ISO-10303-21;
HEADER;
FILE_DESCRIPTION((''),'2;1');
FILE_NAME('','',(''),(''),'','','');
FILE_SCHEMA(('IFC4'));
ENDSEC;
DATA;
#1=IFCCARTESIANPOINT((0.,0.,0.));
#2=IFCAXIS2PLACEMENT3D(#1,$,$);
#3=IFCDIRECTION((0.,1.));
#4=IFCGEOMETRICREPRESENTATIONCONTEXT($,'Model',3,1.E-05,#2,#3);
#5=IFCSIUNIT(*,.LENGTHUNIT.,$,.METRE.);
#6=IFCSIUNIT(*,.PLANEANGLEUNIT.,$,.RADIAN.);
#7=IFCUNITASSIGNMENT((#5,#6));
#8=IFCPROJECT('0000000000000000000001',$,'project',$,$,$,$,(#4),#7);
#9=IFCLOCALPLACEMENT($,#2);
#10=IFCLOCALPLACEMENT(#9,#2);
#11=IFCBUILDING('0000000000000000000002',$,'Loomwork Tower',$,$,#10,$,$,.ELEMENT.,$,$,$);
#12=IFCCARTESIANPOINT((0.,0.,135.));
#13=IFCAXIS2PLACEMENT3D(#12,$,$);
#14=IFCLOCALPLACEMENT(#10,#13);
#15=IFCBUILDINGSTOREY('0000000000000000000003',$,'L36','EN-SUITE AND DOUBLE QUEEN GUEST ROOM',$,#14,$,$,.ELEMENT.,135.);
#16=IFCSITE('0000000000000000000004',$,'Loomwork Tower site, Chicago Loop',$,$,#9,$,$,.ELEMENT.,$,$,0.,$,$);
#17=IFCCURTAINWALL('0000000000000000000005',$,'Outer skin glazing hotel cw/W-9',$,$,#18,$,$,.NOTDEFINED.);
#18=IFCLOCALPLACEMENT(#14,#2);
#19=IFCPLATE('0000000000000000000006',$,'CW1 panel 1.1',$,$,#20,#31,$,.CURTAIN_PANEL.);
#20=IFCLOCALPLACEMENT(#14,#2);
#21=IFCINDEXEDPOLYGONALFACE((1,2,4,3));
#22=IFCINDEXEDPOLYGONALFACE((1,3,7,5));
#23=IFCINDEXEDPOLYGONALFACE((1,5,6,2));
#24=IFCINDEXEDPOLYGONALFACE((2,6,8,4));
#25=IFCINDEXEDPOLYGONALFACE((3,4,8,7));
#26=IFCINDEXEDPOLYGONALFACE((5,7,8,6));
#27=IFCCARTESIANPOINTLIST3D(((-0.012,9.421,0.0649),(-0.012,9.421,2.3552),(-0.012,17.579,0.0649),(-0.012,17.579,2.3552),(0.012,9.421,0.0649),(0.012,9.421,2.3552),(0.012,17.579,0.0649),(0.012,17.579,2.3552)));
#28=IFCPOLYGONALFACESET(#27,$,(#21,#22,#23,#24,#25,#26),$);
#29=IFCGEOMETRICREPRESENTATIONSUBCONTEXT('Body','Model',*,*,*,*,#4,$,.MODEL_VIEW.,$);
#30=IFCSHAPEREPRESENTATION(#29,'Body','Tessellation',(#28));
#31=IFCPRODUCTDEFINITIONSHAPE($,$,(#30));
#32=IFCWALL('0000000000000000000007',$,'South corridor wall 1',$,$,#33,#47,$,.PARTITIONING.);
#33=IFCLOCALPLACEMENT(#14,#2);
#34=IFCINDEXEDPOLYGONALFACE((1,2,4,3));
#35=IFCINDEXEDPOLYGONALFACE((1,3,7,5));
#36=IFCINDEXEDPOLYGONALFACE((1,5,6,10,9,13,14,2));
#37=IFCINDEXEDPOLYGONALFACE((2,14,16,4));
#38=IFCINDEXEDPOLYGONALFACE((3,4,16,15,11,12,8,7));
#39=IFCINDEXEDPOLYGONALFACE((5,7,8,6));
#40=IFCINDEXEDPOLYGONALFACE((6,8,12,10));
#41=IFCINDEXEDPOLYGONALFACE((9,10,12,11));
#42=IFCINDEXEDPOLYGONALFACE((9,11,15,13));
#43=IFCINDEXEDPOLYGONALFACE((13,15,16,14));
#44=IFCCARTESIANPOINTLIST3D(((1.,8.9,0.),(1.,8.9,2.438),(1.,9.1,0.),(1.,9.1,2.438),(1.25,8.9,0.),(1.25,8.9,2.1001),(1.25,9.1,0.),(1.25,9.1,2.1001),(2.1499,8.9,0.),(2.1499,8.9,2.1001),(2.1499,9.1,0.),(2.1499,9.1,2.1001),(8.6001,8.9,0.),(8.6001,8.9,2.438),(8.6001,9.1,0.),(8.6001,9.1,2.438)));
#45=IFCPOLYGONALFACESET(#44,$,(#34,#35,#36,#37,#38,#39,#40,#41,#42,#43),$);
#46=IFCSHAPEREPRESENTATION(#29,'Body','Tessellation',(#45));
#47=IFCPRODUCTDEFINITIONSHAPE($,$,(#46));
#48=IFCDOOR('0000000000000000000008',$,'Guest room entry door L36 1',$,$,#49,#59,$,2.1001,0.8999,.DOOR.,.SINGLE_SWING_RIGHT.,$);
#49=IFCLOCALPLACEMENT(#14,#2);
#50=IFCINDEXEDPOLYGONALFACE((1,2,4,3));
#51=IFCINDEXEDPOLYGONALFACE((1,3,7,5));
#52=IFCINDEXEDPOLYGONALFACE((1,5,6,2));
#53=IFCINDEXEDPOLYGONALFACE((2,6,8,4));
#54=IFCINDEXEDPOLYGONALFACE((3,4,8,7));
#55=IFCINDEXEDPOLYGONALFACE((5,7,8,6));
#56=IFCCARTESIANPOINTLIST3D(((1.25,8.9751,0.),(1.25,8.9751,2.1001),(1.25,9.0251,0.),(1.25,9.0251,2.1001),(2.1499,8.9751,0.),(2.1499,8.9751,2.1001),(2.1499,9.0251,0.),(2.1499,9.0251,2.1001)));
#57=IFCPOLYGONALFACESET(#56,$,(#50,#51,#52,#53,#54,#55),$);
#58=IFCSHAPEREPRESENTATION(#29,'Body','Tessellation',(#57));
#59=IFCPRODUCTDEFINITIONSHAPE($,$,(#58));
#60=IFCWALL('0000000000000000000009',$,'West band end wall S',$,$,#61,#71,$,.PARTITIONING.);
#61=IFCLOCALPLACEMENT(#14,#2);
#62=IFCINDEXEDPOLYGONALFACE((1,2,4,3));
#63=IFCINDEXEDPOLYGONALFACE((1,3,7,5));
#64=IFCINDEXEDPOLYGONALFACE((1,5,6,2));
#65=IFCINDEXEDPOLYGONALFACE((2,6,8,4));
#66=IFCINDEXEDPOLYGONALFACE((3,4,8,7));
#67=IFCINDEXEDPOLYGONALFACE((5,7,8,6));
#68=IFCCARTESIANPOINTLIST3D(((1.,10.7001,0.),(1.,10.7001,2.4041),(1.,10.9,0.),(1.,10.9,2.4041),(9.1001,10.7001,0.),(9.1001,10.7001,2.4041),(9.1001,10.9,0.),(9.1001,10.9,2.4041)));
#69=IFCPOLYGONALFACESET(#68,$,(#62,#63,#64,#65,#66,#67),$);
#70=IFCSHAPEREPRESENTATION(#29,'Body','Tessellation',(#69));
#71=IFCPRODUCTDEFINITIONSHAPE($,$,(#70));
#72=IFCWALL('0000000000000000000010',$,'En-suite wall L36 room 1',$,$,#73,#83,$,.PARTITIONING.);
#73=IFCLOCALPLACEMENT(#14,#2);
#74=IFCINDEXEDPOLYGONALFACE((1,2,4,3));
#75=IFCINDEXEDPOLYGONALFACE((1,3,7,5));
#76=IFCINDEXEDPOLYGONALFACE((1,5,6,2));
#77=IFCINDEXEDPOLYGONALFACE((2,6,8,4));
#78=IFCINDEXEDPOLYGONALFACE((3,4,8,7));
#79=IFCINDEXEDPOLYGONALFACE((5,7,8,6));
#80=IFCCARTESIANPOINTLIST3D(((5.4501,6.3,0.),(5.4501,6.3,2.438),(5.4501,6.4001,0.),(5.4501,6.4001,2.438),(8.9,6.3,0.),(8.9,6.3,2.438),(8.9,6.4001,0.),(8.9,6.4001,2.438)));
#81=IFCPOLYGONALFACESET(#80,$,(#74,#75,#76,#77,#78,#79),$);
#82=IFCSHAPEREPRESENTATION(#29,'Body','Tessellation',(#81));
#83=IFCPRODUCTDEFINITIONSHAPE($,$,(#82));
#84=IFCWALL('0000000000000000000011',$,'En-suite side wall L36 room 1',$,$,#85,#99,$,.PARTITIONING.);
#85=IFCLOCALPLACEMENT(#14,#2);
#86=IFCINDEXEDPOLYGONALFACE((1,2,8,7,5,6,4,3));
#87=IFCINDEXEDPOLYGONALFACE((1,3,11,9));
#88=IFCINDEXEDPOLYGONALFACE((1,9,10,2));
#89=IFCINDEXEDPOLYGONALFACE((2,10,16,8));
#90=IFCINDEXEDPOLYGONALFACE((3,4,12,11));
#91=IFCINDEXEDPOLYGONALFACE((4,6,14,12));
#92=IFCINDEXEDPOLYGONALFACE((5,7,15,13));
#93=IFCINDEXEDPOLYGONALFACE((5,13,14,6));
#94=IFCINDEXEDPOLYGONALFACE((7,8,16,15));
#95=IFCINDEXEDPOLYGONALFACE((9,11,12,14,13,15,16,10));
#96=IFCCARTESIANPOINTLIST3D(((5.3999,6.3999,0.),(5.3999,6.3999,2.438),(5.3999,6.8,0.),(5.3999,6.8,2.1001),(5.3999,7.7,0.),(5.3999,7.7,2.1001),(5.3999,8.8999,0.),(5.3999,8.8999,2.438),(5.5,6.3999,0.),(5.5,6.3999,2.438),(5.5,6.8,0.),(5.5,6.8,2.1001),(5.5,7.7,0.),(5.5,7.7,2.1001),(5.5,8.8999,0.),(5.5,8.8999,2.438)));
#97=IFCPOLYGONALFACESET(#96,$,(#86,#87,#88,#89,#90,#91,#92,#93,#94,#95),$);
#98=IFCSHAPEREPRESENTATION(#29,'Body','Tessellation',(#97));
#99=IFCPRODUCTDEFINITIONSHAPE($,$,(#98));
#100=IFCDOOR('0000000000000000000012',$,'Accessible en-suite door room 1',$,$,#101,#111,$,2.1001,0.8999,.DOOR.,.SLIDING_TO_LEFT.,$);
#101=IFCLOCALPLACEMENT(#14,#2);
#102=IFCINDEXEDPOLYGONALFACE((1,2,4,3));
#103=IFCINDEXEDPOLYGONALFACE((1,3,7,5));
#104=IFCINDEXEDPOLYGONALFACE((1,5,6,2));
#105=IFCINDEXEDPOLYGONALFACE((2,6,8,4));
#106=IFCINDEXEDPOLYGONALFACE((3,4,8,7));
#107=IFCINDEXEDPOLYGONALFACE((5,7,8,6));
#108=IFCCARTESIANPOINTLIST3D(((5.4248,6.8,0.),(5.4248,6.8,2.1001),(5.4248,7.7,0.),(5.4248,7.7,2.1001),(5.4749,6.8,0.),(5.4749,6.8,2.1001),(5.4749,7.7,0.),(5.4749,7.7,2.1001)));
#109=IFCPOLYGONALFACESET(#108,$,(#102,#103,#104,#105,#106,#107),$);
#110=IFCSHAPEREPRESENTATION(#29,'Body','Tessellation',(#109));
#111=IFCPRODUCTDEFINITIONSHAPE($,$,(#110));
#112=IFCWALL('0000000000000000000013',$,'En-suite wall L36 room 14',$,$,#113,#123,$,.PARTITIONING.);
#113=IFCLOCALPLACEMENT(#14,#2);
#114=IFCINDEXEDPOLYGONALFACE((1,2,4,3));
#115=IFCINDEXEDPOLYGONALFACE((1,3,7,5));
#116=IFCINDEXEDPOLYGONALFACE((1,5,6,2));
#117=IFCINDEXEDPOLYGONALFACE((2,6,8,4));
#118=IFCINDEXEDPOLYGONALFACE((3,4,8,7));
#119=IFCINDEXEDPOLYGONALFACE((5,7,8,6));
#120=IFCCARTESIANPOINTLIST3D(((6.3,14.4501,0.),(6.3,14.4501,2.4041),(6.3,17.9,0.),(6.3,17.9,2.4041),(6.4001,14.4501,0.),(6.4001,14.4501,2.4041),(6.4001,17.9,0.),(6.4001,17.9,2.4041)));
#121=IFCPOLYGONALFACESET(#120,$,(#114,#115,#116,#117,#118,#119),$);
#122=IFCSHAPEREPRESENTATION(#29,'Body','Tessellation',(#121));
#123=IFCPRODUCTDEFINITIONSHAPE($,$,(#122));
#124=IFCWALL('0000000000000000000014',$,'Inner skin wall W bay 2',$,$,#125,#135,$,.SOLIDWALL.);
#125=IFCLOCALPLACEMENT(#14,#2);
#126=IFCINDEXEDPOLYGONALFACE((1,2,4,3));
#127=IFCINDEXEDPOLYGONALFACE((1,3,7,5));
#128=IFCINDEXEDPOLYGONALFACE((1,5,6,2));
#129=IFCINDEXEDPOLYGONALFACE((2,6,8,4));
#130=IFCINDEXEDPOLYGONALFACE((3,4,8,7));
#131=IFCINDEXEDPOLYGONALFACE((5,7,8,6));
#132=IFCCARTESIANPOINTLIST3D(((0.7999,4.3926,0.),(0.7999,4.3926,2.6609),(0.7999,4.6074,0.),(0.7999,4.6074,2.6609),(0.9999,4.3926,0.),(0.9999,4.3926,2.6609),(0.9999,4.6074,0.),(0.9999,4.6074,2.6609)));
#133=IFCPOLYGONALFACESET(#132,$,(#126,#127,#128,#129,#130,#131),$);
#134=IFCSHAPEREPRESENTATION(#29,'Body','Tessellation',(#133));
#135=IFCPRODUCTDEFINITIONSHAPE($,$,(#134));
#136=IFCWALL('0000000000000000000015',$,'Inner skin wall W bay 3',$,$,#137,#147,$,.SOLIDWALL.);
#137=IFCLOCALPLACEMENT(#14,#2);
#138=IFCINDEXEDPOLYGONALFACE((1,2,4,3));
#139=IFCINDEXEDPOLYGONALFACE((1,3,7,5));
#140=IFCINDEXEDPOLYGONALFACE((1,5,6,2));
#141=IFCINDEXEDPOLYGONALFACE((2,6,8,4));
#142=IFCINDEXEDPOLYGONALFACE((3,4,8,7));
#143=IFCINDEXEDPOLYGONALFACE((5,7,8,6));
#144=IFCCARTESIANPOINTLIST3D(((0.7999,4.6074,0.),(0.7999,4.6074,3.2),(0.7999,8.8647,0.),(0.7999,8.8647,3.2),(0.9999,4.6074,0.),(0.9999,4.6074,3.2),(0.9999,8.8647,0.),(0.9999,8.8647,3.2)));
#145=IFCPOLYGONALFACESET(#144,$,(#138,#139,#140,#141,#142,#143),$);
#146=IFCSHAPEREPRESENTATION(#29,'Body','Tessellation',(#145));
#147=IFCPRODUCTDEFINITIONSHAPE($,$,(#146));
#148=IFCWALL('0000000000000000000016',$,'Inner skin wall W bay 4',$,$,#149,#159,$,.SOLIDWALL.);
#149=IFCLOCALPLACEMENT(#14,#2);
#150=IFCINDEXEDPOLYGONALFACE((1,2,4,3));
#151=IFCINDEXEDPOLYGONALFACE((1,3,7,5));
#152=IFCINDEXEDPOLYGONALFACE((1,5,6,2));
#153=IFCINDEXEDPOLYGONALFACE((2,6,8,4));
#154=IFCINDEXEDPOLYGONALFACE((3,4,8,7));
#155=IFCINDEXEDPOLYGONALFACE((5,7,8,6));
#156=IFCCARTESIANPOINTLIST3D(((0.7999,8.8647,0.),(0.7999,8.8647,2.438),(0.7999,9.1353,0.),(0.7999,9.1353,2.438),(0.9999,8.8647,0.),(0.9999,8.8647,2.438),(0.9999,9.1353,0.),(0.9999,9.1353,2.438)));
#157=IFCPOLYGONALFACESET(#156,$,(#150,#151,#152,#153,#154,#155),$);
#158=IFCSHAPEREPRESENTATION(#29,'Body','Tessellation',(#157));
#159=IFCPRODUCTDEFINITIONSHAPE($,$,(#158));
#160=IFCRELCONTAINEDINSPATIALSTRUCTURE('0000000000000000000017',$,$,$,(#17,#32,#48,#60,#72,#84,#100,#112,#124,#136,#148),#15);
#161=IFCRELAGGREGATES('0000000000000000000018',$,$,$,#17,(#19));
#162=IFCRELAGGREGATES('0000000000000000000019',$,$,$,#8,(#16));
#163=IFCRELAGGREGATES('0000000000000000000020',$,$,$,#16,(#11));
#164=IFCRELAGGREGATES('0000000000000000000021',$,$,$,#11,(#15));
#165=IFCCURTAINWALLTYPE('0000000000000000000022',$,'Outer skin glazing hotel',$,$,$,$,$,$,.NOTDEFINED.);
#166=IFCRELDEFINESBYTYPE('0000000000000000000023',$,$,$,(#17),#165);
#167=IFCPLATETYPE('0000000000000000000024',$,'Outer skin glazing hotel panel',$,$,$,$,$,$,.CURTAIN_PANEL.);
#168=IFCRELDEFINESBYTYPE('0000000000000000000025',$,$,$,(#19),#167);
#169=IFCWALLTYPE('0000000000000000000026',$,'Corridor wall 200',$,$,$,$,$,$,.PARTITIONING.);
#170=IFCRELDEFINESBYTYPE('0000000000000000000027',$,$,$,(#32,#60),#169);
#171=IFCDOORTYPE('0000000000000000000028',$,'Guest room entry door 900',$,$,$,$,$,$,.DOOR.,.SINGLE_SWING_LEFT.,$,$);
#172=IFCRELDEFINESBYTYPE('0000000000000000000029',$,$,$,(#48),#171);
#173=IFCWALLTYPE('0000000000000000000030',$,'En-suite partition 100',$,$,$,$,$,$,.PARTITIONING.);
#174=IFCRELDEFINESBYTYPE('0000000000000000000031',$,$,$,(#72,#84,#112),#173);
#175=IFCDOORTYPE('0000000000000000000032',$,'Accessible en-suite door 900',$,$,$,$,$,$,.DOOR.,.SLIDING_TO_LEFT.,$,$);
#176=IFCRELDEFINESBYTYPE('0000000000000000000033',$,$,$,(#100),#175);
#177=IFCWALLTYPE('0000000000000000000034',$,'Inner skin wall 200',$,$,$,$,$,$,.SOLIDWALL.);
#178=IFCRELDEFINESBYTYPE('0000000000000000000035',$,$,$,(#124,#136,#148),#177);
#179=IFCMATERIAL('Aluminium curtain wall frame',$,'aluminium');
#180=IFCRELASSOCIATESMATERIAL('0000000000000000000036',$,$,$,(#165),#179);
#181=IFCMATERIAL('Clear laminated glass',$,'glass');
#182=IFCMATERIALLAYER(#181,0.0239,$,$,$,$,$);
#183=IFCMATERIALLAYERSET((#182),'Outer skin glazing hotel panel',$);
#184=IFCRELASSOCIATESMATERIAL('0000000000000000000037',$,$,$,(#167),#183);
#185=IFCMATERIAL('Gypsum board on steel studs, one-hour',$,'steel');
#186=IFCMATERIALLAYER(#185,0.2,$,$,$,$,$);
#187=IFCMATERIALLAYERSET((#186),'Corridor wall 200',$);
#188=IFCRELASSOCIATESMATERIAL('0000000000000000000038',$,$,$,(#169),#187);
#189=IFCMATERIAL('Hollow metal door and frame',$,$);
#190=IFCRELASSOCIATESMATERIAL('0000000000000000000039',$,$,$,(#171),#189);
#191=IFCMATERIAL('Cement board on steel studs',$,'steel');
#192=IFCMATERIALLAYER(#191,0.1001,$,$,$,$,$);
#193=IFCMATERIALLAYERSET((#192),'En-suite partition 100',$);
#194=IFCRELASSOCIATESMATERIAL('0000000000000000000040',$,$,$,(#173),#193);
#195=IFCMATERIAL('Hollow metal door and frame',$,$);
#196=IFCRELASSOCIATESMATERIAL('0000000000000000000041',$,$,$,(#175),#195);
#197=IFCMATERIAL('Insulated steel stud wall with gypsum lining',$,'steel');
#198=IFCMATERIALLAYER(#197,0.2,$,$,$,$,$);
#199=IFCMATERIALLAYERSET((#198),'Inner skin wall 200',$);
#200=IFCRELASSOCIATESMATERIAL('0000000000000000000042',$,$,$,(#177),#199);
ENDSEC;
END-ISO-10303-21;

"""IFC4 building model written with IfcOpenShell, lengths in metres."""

from ifc_helpers import new_model, si_unit, direction, frame, frame_2d, origin, origin_2d, place, context, subcontext, project, spatial, rectangle, extrude, material, layer, layer_set, type_object, element, fill, aggregate, save


model = new_model("IFC4")

# Units and contexts
model_context = context("Model", 3, precision=1e-05, world=origin(), true_north=direction((0.0, 1.0)))
body_context = subcontext(model_context, "Body", "Model", "MODEL_VIEW")
ifc_project = project(units=[si_unit("LENGTHUNIT", "METRE"), si_unit("PLANEANGLEUNIT", "RADIAN")], contexts=[model_context])

# Site, building, storey
site_placement = place(None, origin())
site = spatial("IfcSite", under=ifc_project, at=site_placement, Name="Loomwork Tower site, Chicago Loop", CompositionType="ELEMENT", RefElevation=0.0)
building_placement = place(site_placement, origin())
building = spatial("IfcBuilding", under=site, at=building_placement, Name="Loomwork Tower", CompositionType="ELEMENT")
storey_placement = place(building_placement, frame((0.0, 0.0, 135.0)))
storey = spatial("IfcBuildingStorey", under=building, at=storey_placement, Name="L36", Description="EN-SUITE AND DOUBLE QUEEN GUEST ROOM", CompositionType="ELEMENT", Elevation=135.0)

# Curtain wall
ifc_material_1 = material(Name="Aluminium curtain wall frame", Category="aluminium")
curtain_wall_type = type_object("IfcCurtainWallType", Name="Outer skin glazing hotel", PredefinedType="NOTDEFINED", material=ifc_material_1)
curtain_wall_1_placement = place(storey_placement, origin())
curtain_wall_1 = element("IfcCurtainWall", 1, at=curtain_wall_1_placement, inside=storey, type_object=curtain_wall_type, Name="Outer skin glazing hotel cw/W-9", PredefinedType="NOTDEFINED")

# Plate
ifc_material_2 = material(Name="Clear laminated glass", Category="glass")
ifc_layer_1 = layer(ifc_material_2, 0.0239)
ifc_layer_set_1 = layer_set([ifc_layer_1], Name="Outer skin glazing hotel panel")
plate_type = type_object("IfcPlateType", Name="Outer skin glazing hotel panel", PredefinedType="CURTAIN_PANEL", material=ifc_layer_set_1)
plate_1_placement = place(storey_placement, frame((0.0, 13.5, 0.0649), z_axis=(0.0, 0.0, 1.0), x_axis=(0.0, -1.0, 0.0)))
plate_1 = element("IfcPlate", 2, at=plate_1_placement, type_object=plate_type, Name="CW1 panel 1.1", PredefinedType="CURTAIN_PANEL", context=body_context, shape_type="SweptSolid", body=[
    extrude(rectangle(XDim=8.158, YDim=0.0239, at=origin_2d()), origin(), (0.0, 0.0, 1.0), 2.2903),
])
aggregate(curtain_wall_1, [plate_1])

# Wall, opening, door
ifc_material_3 = material(Name="Gypsum board on steel studs, one-hour", Category="steel")
ifc_layer_2 = layer(ifc_material_3, 0.2)
ifc_layer_set_2 = layer_set([ifc_layer_2], Name="Corridor wall 200")
wall_type_1 = type_object("IfcWallType", Name="Corridor wall 200", PredefinedType="PARTITIONING", material=ifc_layer_set_2)
wall_1_placement = place(storey_placement, frame((1.0, 9.0, 0.0), z_axis=(0.0, 0.0, 1.0), x_axis=(1.0, 0.0, 0.0)))
wall_1 = element("IfcWall", 3, at=wall_1_placement, inside=storey, type_object=wall_type_1, Name="South corridor wall 1", PredefinedType="PARTITIONING", context=body_context, shape_type="SweptSolid", body=[
    extrude(rectangle(XDim=7.6001, YDim=0.2, at=frame_2d((3.8, 0.0))), origin(), (0.0, 0.0, 1.0), 2.438),
])
opening_1_placement = place(wall_1_placement, frame((0.25, 0.0, 0.0)))
opening_1 = element("IfcOpeningElement", 4, at=opening_1_placement, cuts=wall_1, PredefinedType="OPENING", context=body_context, shape_type="SweptSolid", body=[
    extrude(rectangle(XDim=0.8999, YDim=2.1001, at=frame_2d((0.45, 1.05))), frame((0.0, 0.1099, 0.0), z_axis=(0.0, -1.0, 0.0), x_axis=(1.0, 0.0, 0.0)), (0.0, 0.0, 1.0), 0.22),
])
ifc_material_4 = material(Name="Hollow metal door and frame")
door_type_1 = type_object("IfcDoorType", Name="Guest room entry door 900", OperationType="SINGLE_SWING_LEFT", PredefinedType="DOOR", material=ifc_material_4)
door_1_placement = place(opening_1_placement, frame((0.8999, 0.0, 0.0), z_axis=(0.0, 0.0, 1.0), x_axis=(-1.0, 0.0, 0.0)))
door_1 = element("IfcDoor", 5, at=door_1_placement, inside=storey, type_object=door_type_1, Name="Guest room entry door L36 1", OperationType="SINGLE_SWING_RIGHT", OverallHeight=2.1001, OverallWidth=0.8999, PredefinedType="DOOR", context=body_context, shape_type="SweptSolid", body=[
    extrude(rectangle(XDim=0.8999, YDim=2.1001, at=frame_2d((0.45, 1.05))), frame((0.0, 0.0249, 0.0), z_axis=(0.0, -1.0, 0.0), x_axis=(1.0, 0.0, 0.0)), (0.0, 0.0, 1.0), 0.05),
])
fill(opening_1, door_1)

# Walls
wall_2_placement = place(storey_placement, frame((1.0, 10.8, 0.0), z_axis=(0.0, 0.0, 1.0), x_axis=(1.0, 0.0, 0.0)))
element("IfcWall", 6, at=wall_2_placement, inside=storey, type_object=wall_type_1, Name="West band end wall S", PredefinedType="PARTITIONING", context=body_context, shape_type="SweptSolid", body=[
    extrude(rectangle(XDim=8.1001, YDim=0.2, at=frame_2d((4.05, 0.0))), origin(), (0.0, 0.0, 1.0), 2.4041),
])
ifc_material_5 = material(Name="Cement board on steel studs", Category="steel")
ifc_layer_3 = layer(ifc_material_5, 0.1001)
ifc_layer_set_3 = layer_set([ifc_layer_3], Name="En-suite partition 100")
wall_type_2 = type_object("IfcWallType", Name="En-suite partition 100", PredefinedType="PARTITIONING", material=ifc_layer_set_3)
wall_3_placement = place(storey_placement, frame((5.45, 6.3501, 0.0), z_axis=(0.0, 0.0, 1.0), x_axis=(1.0, 0.0, 0.0)))
element("IfcWall", 7, at=wall_3_placement, inside=storey, type_object=wall_type_2, Name="En-suite wall L36 room 1", PredefinedType="PARTITIONING", context=body_context, shape_type="SweptSolid", body=[
    extrude(rectangle(XDim=3.45, YDim=0.1001, at=frame_2d((1.7251, 0.0))), origin(), (0.0, 0.0, 1.0), 2.438),
])

# Wall, opening, door
wall_4_placement = place(storey_placement, frame((5.45, 8.8999, 0.0), z_axis=(0.0, 0.0, 1.0), x_axis=(0.0, -1.0, 0.0)))
wall_4 = element("IfcWall", 8, at=wall_4_placement, inside=storey, type_object=wall_type_2, Name="En-suite side wall L36 room 1", PredefinedType="PARTITIONING", context=body_context, shape_type="SweptSolid", body=[
    extrude(rectangle(XDim=2.5, YDim=0.1001, at=frame_2d((1.25, 0.0))), origin(), (0.0, 0.0, 1.0), 2.438),
])
opening_2_placement = place(wall_4_placement, frame((1.2, 0.0, 0.0)))
opening_2 = element("IfcOpeningElement", 9, at=opening_2_placement, cuts=wall_4, PredefinedType="OPENING", context=body_context, shape_type="SweptSolid", body=[
    extrude(rectangle(XDim=0.8999, YDim=2.1001, at=frame_2d((0.45, 1.05))), frame((0.0, 0.0601, 0.0), z_axis=(0.0, -1.0, 0.0), x_axis=(1.0, 0.0, 0.0)), (0.0, 0.0, 1.0), 0.1201),
])
ifc_material_6 = material(Name="Hollow metal door and frame")
door_type_2 = type_object("IfcDoorType", Name="Accessible en-suite door 900", OperationType="SLIDING_TO_LEFT", PredefinedType="DOOR", material=ifc_material_6)
door_2_placement = place(opening_2_placement, origin())
door_2 = element("IfcDoor", 10, at=door_2_placement, inside=storey, type_object=door_type_2, Name="Accessible en-suite door room 1", OperationType="SLIDING_TO_LEFT", OverallHeight=2.1001, OverallWidth=0.8999, PredefinedType="DOOR", context=body_context, shape_type="SweptSolid", body=[
    extrude(rectangle(XDim=0.8999, YDim=2.1001, at=frame_2d((0.45, 1.05))), frame((0.0, 0.0249, 0.0), z_axis=(0.0, -1.0, 0.0), x_axis=(1.0, 0.0, 0.0)), (0.0, 0.0, 1.0), 0.05),
])
fill(opening_2, door_2)

# Walls
wall_5_placement = place(storey_placement, frame((6.3501, 14.45, 0.0), z_axis=(0.0, 0.0, 1.0), x_axis=(0.0, 1.0, 0.0)))
element("IfcWall", 11, at=wall_5_placement, inside=storey, type_object=wall_type_2, Name="En-suite wall L36 room 14", PredefinedType="PARTITIONING", context=body_context, shape_type="SweptSolid", body=[
    extrude(rectangle(XDim=3.45, YDim=0.1001, at=frame_2d((1.7251, 0.0))), origin(), (0.0, 0.0, 1.0), 2.4041),
])
ifc_material_7 = material(Name="Insulated steel stud wall with gypsum lining", Category="steel")
ifc_layer_4 = layer(ifc_material_7, 0.2)
ifc_layer_set_4 = layer_set([ifc_layer_4], Name="Inner skin wall 200")
wall_type_3 = type_object("IfcWallType", Name="Inner skin wall 200", PredefinedType="SOLIDWALL", material=ifc_layer_set_4)
wall_6_placement = place(storey_placement, frame((0.8999, 4.3926, 0.0), z_axis=(0.0, 0.0, 1.0), x_axis=(0.0, 1.0, 0.0)))
element("IfcWall", 12, at=wall_6_placement, inside=storey, type_object=wall_type_3, Name="Inner skin wall W bay 2", PredefinedType="SOLIDWALL", context=body_context, shape_type="SweptSolid", body=[
    extrude(rectangle(XDim=0.2148, YDim=0.2, at=frame_2d((0.1074, 0.0))), origin(), (0.0, 0.0, 1.0), 2.6609),
])
wall_7_placement = place(storey_placement, frame((0.8999, 4.6074, 0.0), z_axis=(0.0, 0.0, 1.0), x_axis=(0.0, 1.0, 0.0)))
element("IfcWall", 13, at=wall_7_placement, inside=storey, type_object=wall_type_3, Name="Inner skin wall W bay 3", PredefinedType="SOLIDWALL", context=body_context, shape_type="SweptSolid", body=[
    extrude(rectangle(XDim=4.2573, YDim=0.2, at=frame_2d((2.1287, 0.0))), origin(), (0.0, 0.0, 1.0), 3.2),
])
wall_8_placement = place(storey_placement, frame((0.8999, 8.8647, 0.0), z_axis=(0.0, 0.0, 1.0), x_axis=(0.0, 1.0, 0.0)))
element("IfcWall", 14, at=wall_8_placement, inside=storey, type_object=wall_type_3, Name="Inner skin wall W bay 4", PredefinedType="SOLIDWALL", context=body_context, shape_type="SweptSolid", body=[
    extrude(rectangle(XDim=0.2705, YDim=0.2, at=frame_2d((0.1353, 0.0))), origin(), (0.0, 0.0, 1.0), 2.438),
])

save(model, "model.ifc")
